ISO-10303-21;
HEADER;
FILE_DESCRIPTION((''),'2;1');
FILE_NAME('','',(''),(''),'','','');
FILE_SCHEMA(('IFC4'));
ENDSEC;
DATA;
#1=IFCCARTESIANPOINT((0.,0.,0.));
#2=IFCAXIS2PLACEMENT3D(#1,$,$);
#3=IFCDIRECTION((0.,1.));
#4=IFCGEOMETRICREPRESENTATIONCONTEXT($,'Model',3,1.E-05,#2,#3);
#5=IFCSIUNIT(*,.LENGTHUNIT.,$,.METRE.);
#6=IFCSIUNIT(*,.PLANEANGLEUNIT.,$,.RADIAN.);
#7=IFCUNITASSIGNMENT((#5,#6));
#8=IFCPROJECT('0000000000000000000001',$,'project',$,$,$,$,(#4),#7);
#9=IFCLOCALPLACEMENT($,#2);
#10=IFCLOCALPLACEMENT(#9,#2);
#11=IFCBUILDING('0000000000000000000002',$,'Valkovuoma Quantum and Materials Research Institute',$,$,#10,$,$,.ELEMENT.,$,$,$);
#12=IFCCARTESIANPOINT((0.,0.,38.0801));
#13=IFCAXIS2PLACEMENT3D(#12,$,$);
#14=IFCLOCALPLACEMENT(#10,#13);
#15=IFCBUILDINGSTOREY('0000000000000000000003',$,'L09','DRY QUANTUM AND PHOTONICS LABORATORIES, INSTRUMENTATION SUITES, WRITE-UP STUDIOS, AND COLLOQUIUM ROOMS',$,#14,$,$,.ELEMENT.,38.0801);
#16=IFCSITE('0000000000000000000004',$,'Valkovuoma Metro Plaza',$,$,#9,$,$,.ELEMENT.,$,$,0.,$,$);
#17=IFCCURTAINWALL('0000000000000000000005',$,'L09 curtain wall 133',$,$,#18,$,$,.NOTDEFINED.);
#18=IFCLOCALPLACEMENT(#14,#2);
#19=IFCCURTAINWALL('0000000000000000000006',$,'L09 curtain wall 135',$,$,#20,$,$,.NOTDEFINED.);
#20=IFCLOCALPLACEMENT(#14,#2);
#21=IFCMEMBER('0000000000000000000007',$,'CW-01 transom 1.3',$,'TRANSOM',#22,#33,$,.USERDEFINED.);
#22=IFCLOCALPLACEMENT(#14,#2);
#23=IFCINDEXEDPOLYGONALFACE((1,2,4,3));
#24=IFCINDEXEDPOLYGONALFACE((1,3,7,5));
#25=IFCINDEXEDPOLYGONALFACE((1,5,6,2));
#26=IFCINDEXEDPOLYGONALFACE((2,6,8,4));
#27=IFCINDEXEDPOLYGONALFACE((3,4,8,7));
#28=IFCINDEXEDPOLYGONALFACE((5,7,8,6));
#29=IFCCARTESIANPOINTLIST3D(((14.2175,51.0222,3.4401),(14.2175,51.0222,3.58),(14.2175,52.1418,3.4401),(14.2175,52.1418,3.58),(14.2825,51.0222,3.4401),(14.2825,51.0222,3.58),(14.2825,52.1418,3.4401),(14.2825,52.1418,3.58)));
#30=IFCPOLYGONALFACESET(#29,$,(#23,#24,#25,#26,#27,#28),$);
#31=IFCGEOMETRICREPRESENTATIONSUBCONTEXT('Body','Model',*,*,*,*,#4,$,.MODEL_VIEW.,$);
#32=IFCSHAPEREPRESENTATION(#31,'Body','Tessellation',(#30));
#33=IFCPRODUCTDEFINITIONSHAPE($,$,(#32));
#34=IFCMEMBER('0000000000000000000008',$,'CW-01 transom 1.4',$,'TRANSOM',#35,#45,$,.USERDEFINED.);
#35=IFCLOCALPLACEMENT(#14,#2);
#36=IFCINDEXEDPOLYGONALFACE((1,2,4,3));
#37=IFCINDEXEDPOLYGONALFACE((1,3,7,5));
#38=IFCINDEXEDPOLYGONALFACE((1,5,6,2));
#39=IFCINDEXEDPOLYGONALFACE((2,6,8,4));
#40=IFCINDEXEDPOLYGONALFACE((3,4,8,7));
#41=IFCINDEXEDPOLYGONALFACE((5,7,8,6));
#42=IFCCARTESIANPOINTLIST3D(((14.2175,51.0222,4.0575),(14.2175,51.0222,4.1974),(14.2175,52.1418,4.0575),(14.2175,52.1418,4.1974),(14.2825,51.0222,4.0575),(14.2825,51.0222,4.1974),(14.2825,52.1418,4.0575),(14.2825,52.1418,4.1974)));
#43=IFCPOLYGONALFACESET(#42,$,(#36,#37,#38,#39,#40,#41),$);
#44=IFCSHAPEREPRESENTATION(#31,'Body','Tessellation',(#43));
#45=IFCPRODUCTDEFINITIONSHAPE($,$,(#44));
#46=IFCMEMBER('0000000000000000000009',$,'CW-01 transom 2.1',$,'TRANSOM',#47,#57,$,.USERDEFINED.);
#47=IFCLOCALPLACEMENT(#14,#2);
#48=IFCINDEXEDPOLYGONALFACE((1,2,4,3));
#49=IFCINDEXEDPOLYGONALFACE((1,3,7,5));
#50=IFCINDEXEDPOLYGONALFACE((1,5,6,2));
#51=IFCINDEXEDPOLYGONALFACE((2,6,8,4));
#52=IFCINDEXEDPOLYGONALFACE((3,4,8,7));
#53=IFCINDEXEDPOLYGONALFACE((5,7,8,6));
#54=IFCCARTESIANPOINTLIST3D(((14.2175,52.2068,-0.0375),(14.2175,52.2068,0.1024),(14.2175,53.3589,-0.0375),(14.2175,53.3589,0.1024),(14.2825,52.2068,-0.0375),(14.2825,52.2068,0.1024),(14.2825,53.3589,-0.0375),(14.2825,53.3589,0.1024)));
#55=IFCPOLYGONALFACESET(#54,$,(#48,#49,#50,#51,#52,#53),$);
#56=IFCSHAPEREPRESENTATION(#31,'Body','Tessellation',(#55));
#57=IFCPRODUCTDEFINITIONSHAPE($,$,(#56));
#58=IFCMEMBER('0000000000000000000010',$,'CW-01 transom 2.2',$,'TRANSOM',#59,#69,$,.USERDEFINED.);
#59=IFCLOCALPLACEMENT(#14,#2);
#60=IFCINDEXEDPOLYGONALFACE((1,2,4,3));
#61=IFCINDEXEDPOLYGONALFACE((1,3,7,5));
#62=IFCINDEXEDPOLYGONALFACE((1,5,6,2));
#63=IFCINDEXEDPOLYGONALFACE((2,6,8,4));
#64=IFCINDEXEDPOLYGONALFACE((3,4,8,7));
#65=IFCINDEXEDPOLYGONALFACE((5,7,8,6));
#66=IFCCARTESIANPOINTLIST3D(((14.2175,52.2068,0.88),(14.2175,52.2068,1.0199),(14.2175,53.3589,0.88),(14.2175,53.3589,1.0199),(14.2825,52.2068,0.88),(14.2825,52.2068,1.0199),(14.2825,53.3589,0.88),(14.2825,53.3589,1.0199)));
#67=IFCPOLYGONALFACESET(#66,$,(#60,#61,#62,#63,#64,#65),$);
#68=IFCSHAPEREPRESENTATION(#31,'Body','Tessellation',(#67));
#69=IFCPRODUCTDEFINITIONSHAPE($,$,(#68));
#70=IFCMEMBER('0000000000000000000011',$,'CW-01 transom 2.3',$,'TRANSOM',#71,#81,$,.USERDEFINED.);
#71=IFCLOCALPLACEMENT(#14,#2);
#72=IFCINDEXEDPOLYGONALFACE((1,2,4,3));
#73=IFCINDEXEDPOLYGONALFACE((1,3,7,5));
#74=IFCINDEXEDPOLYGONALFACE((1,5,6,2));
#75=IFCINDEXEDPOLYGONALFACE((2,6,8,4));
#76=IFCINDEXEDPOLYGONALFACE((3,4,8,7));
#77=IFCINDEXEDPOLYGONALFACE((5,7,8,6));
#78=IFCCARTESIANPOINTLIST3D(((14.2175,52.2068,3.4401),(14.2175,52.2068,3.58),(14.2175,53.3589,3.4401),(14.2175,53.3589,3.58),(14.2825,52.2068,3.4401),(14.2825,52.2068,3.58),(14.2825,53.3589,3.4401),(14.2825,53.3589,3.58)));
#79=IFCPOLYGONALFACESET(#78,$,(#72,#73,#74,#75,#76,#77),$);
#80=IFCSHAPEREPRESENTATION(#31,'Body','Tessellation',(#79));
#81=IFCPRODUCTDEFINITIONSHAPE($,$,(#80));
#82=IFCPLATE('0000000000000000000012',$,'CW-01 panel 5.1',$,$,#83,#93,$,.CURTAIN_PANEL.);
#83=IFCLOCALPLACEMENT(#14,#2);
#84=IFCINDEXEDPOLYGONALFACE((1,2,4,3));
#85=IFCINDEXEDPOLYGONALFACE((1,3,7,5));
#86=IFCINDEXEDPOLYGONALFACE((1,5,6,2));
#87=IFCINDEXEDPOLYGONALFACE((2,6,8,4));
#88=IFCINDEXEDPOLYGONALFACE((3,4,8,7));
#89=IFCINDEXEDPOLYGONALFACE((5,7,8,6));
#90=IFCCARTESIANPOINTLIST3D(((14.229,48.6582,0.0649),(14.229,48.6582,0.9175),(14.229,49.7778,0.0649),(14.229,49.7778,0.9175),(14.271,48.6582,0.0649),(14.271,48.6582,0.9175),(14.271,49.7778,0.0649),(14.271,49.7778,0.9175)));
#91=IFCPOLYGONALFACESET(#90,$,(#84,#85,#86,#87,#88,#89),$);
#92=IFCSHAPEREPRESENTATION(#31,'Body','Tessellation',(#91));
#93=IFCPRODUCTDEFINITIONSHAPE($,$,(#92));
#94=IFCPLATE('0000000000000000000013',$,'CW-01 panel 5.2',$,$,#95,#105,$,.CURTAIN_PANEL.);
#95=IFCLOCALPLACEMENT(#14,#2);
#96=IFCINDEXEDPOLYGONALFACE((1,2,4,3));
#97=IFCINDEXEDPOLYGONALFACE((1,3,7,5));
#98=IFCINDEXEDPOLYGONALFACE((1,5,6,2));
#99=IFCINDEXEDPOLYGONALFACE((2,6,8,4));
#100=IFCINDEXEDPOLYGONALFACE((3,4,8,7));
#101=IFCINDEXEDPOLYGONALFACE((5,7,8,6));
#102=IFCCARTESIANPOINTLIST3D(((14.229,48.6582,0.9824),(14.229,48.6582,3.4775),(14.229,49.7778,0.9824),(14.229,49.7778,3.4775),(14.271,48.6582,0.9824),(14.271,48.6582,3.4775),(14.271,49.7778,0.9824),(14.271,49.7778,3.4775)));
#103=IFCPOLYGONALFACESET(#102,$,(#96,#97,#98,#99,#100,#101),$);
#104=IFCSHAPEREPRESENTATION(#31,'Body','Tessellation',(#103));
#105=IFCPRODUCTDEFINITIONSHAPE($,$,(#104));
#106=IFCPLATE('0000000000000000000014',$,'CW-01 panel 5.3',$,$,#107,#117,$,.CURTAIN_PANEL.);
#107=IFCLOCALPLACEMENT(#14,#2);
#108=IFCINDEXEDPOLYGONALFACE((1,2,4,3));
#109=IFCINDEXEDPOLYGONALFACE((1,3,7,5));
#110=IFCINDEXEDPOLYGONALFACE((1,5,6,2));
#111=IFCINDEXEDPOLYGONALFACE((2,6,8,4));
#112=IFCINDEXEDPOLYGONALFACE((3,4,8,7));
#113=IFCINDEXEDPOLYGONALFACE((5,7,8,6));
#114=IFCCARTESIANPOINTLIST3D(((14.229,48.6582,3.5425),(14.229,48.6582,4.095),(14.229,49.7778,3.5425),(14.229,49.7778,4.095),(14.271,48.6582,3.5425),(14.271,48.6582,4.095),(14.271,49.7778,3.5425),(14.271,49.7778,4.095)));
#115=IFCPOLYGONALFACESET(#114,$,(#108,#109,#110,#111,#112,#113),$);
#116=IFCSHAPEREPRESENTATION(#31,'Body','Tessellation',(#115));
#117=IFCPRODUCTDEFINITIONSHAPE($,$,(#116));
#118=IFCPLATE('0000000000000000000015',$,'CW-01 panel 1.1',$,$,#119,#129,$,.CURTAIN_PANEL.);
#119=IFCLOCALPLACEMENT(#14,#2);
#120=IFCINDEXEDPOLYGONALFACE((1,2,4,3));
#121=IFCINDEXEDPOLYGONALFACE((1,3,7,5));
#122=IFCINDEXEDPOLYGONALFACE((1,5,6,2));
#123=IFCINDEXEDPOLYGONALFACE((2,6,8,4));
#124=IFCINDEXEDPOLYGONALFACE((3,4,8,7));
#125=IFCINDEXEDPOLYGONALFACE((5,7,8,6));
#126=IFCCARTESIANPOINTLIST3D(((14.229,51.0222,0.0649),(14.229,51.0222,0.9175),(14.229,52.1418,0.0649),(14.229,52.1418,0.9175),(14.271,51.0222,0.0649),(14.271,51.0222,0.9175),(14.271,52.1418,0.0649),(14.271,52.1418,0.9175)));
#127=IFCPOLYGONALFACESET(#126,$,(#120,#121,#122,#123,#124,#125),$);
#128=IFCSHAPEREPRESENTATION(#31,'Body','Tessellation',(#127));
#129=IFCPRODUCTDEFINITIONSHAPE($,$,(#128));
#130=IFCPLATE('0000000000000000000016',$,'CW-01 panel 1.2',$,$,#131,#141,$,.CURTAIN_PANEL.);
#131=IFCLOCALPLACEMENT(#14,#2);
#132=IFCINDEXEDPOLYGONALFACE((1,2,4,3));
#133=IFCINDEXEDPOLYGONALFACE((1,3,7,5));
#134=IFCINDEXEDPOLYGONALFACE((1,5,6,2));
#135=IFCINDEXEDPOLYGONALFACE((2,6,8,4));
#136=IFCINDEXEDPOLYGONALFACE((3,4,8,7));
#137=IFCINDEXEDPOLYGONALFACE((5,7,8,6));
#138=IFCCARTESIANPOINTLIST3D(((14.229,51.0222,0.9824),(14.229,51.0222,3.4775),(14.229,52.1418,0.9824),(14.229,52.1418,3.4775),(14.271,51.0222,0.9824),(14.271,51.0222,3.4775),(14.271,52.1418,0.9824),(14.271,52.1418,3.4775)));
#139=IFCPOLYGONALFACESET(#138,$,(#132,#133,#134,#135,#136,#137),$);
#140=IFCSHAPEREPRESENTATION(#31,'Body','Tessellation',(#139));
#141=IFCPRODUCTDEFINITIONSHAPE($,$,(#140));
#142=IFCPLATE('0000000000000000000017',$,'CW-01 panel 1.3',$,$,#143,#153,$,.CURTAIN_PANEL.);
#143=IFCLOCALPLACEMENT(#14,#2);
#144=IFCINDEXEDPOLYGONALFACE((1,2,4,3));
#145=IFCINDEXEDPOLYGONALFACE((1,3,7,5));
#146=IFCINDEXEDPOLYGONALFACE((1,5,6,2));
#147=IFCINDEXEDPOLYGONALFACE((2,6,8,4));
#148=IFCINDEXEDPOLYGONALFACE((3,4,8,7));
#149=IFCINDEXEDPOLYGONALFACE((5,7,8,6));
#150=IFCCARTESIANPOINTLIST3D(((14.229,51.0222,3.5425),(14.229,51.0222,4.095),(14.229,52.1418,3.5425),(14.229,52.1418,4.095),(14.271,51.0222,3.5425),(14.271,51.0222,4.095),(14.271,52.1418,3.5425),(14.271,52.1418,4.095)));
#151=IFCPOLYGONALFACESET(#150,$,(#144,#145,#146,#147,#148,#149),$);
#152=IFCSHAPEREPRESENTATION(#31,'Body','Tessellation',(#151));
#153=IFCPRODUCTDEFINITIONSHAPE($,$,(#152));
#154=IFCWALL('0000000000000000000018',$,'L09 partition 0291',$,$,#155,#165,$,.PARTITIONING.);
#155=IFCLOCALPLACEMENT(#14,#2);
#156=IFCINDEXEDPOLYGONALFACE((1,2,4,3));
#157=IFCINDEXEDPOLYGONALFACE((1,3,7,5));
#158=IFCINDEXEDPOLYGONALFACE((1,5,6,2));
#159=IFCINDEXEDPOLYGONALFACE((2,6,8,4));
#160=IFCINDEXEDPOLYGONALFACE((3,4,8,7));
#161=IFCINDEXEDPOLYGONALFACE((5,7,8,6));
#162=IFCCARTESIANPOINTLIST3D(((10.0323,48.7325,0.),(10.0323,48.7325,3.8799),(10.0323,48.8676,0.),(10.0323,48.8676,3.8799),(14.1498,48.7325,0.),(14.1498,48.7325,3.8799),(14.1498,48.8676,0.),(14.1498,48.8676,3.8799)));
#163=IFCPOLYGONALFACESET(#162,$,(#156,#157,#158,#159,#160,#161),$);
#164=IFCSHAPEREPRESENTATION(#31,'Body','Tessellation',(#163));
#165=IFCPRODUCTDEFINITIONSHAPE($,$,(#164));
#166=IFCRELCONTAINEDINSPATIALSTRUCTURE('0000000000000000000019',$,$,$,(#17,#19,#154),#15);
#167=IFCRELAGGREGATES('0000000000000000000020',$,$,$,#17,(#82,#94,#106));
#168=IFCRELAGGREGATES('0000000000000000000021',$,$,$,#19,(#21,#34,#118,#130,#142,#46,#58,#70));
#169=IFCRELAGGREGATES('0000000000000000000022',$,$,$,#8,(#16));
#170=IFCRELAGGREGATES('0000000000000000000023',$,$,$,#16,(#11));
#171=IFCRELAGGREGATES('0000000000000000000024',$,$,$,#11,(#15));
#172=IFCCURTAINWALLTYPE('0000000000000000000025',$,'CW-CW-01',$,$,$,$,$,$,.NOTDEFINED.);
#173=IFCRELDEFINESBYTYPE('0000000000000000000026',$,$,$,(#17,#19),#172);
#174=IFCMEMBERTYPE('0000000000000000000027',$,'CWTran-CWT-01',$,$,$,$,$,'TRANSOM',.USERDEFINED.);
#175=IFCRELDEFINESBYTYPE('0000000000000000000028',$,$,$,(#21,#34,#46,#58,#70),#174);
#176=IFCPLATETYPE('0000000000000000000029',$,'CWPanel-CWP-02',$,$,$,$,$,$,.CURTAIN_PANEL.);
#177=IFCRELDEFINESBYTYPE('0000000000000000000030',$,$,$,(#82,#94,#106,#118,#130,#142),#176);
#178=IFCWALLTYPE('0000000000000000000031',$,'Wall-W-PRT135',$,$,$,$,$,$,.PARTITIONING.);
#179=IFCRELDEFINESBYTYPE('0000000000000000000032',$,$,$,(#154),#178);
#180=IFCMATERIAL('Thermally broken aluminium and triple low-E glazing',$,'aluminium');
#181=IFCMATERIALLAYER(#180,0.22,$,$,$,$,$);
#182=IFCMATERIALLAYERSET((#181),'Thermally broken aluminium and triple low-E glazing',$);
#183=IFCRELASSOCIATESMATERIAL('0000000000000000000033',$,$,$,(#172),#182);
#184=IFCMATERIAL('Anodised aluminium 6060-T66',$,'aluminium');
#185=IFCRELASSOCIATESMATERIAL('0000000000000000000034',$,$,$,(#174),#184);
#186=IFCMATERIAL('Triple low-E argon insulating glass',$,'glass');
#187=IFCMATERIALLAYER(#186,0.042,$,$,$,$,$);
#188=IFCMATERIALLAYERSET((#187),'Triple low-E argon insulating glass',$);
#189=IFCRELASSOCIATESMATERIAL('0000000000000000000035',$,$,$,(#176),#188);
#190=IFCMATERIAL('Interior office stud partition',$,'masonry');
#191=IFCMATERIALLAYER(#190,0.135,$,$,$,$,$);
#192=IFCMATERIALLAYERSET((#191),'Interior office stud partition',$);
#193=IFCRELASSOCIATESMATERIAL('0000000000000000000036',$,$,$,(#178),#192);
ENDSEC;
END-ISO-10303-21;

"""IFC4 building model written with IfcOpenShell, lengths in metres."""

from ifc_helpers import new_model, si_unit, direction, frame, frame_2d, origin, origin_2d, place, context, subcontext, project, spatial, rectangle, extrude, material, layer, layer_set, material_profile, profile_set, type_object, element, aggregate, save


model = new_model("IFC4")

# Units and contexts
model_context = context("Model", 3, precision=1e-05, world=origin(), true_north=direction((0.0, 1.0)))
body_context = subcontext(model_context, "Body", "Model", "MODEL_VIEW")
ifc_project = project(units=[si_unit("LENGTHUNIT", "METRE"), si_unit("PLANEANGLEUNIT", "RADIAN")], contexts=[model_context])

# Site, building, storey
site_placement = place(None, origin())
site = spatial("IfcSite", under=ifc_project, at=site_placement, Name="Valkovuoma Metro Plaza", CompositionType="ELEMENT", RefElevation=0.0)
building_placement = place(site_placement, origin())
building = spatial("IfcBuilding", under=site, at=building_placement, Name="Valkovuoma Quantum and Materials Research Institute", CompositionType="ELEMENT")
storey_placement = place(building_placement, frame((0.0, 0.0, 38.0801)))
storey = spatial("IfcBuildingStorey", under=building, at=storey_placement, Name="L09", Description="DRY QUANTUM AND PHOTONICS LABORATORIES, INSTRUMENTATION SUITES, WRITE-UP STUDIOS, AND COLLOQUIUM ROOMS", CompositionType="ELEMENT", Elevation=38.0801)

# Curtain wall
ifc_material_1 = material(Name="Thermally broken aluminium and triple low-E glazing", Category="aluminium")
ifc_layer_1 = layer(ifc_material_1, 0.22)
ifc_layer_set_1 = layer_set([ifc_layer_1], Name="Thermally broken aluminium and triple low-E glazing")
curtain_wall_type = type_object("IfcCurtainWallType", Name="CW-CW-01", PredefinedType="NOTDEFINED", material=ifc_layer_set_1)
curtain_wall_1_placement = place(storey_placement, origin())
curtain_wall_1 = element("IfcCurtainWall", 1, at=curtain_wall_1_placement, inside=storey, type_object=curtain_wall_type, Name="L09 curtain wall 133", PredefinedType="NOTDEFINED")

# Curtain wall
curtain_wall_2_placement = place(storey_placement, origin())
curtain_wall_2 = element("IfcCurtainWall", 2, at=curtain_wall_2_placement, inside=storey, type_object=curtain_wall_type, Name="L09 curtain wall 135", PredefinedType="NOTDEFINED")

# Members
ifc_material_2 = material(Name="Anodised aluminium 6060-T66", Category="aluminium")
ifc_material_profile_1 = material_profile(ifc_material_2, rectangle(XDim=0.0649, YDim=0.1399, at=origin_2d()), Name="Anodised aluminium 6060-T66")
ifc_profile_set_1 = profile_set([ifc_material_profile_1], Name="Anodised aluminium 6060-T66")
member_type_1 = type_object("IfcMemberType", Name="CWTran-CWT-01", ElementType="TRANSOM", PredefinedType="USERDEFINED", material=ifc_profile_set_1)
member_1_placement = place(storey_placement, frame((14.25, 51.0222, 3.51), z_axis=(0.0, 1.0, 0.0), x_axis=(-1.0, 0.0, 0.0)))
member_1 = element("IfcMember", 3, at=member_1_placement, type_object=member_type_1, Name="CW-01 transom 1.3", ObjectType="TRANSOM", PredefinedType="USERDEFINED", context=body_context, shape_type="SweptSolid", body=[
    extrude(rectangle(XDim=0.0649, YDim=0.1399, at=origin_2d()), origin(), (0.0, 0.0, 1.0), 1.1196),
])
member_2_placement = place(storey_placement, frame((14.25, 51.0222, 4.1274), z_axis=(0.0, 1.0, 0.0), x_axis=(-1.0, 0.0, 0.0)))
member_2 = element("IfcMember", 4, at=member_2_placement, type_object=member_type_1, Name="CW-01 transom 1.4", ObjectType="TRANSOM", PredefinedType="USERDEFINED", context=body_context, shape_type="SweptSolid", body=[
    extrude(rectangle(XDim=0.0649, YDim=0.1399, at=origin_2d()), origin(), (0.0, 0.0, 1.0), 1.1196),
])
member_3_placement = place(storey_placement, frame((14.25, 52.2068, 0.0325), z_axis=(0.0, 1.0, 0.0), x_axis=(-1.0, 0.0, 0.0)))
member_3 = element("IfcMember", 5, at=member_3_placement, type_object=member_type_1, Name="CW-01 transom 2.1", ObjectType="TRANSOM", PredefinedType="USERDEFINED", context=body_context, shape_type="SweptSolid", body=[
    extrude(rectangle(XDim=0.0649, YDim=0.1399, at=origin_2d()), origin(), (0.0, 0.0, 1.0), 1.1521),
])
member_4_placement = place(storey_placement, frame((14.25, 52.2068, 0.95), z_axis=(0.0, 1.0, 0.0), x_axis=(-1.0, 0.0, 0.0)))
member_4 = element("IfcMember", 6, at=member_4_placement, type_object=member_type_1, Name="CW-01 transom 2.2", ObjectType="TRANSOM", PredefinedType="USERDEFINED", context=body_context, shape_type="SweptSolid", body=[
    extrude(rectangle(XDim=0.0649, YDim=0.1399, at=origin_2d()), origin(), (0.0, 0.0, 1.0), 1.1521),
])
member_5_placement = place(storey_placement, frame((14.25, 52.2068, 3.51), z_axis=(0.0, 1.0, 0.0), x_axis=(-1.0, 0.0, 0.0)))
member_5 = element("IfcMember", 7, at=member_5_placement, type_object=member_type_1, Name="CW-01 transom 2.3", ObjectType="TRANSOM", PredefinedType="USERDEFINED", context=body_context, shape_type="SweptSolid", body=[
    extrude(rectangle(XDim=0.0649, YDim=0.1399, at=origin_2d()), origin(), (0.0, 0.0, 1.0), 1.1521),
])

# Plates
ifc_material_3 = material(Name="Triple low-E argon insulating glass", Category="glass")
ifc_layer_2 = layer(ifc_material_3, 0.042)
ifc_layer_set_2 = layer_set([ifc_layer_2], Name="Triple low-E argon insulating glass")
plate_type = type_object("IfcPlateType", Name="CWPanel-CWP-02", PredefinedType="CURTAIN_PANEL", material=ifc_layer_set_2)
plate_1_placement = place(storey_placement, frame((14.25, 49.218, 0.0649), z_axis=(0.0, 0.0, 1.0), x_axis=(0.0, 1.0, 0.0)))
plate_1 = element("IfcPlate", 8, at=plate_1_placement, type_object=plate_type, Name="CW-01 panel 5.1", PredefinedType="CURTAIN_PANEL", context=body_context, shape_type="SweptSolid", body=[
    extrude(rectangle(XDim=1.1196, YDim=0.042, at=origin_2d()), origin(), (0.0, 0.0, 1.0), 0.8525),
])
plate_2_placement = place(storey_placement, frame((14.25, 49.218, 0.9824), z_axis=(0.0, 0.0, 1.0), x_axis=(0.0, 1.0, 0.0)))
plate_2 = element("IfcPlate", 9, at=plate_2_placement, type_object=plate_type, Name="CW-01 panel 5.2", PredefinedType="CURTAIN_PANEL", context=body_context, shape_type="SweptSolid", body=[
    extrude(rectangle(XDim=1.1196, YDim=0.042, at=origin_2d()), origin(), (0.0, 0.0, 1.0), 2.4951),
])
plate_3_placement = place(storey_placement, frame((14.25, 49.218, 3.5425), z_axis=(0.0, 0.0, 1.0), x_axis=(0.0, 1.0, 0.0)))
plate_3 = element("IfcPlate", 10, at=plate_3_placement, type_object=plate_type, Name="CW-01 panel 5.3", PredefinedType="CURTAIN_PANEL", context=body_context, shape_type="SweptSolid", body=[
    extrude(rectangle(XDim=1.1196, YDim=0.042, at=origin_2d()), origin(), (0.0, 0.0, 1.0), 0.5525),
])
aggregate(curtain_wall_1, [plate_1, plate_2, plate_3])
plate_4_placement = place(storey_placement, frame((14.25, 51.582, 0.0649), z_axis=(0.0, 0.0, 1.0), x_axis=(0.0, 1.0, 0.0)))
plate_4 = element("IfcPlate", 11, at=plate_4_placement, type_object=plate_type, Name="CW-01 panel 1.1", PredefinedType="CURTAIN_PANEL", context=body_context, shape_type="SweptSolid", body=[
    extrude(rectangle(XDim=1.1196, YDim=0.042, at=origin_2d()), origin(), (0.0, 0.0, 1.0), 0.8525),
])
plate_5_placement = place(storey_placement, frame((14.25, 51.582, 0.9824), z_axis=(0.0, 0.0, 1.0), x_axis=(0.0, 1.0, 0.0)))
plate_5 = element("IfcPlate", 12, at=plate_5_placement, type_object=plate_type, Name="CW-01 panel 1.2", PredefinedType="CURTAIN_PANEL", context=body_context, shape_type="SweptSolid", body=[
    extrude(rectangle(XDim=1.1196, YDim=0.042, at=origin_2d()), origin(), (0.0, 0.0, 1.0), 2.4951),
])
plate_6_placement = place(storey_placement, frame((14.25, 51.582, 3.5425), z_axis=(0.0, 0.0, 1.0), x_axis=(0.0, 1.0, 0.0)))
plate_6 = element("IfcPlate", 13, at=plate_6_placement, type_object=plate_type, Name="CW-01 panel 1.3", PredefinedType="CURTAIN_PANEL", context=body_context, shape_type="SweptSolid", body=[
    extrude(rectangle(XDim=1.1196, YDim=0.042, at=origin_2d()), origin(), (0.0, 0.0, 1.0), 0.5525),
])
aggregate(curtain_wall_2, [member_1, member_2, plate_4, plate_5, plate_6, member_3, member_4, member_5])

# Wall
ifc_material_4 = material(Name="Interior office stud partition", Category="masonry")
ifc_layer_3 = layer(ifc_material_4, 0.135)
ifc_layer_set_3 = layer_set([ifc_layer_3], Name="Interior office stud partition")
wall_type_1 = type_object("IfcWallType", Name="Wall-W-PRT135", PredefinedType="PARTITIONING", material=ifc_layer_set_3)
wall_1_placement = place(storey_placement, frame((10.0325, 48.8, 0.0), z_axis=(0.0, 0.0, 1.0), x_axis=(1.0, 0.0, 0.0)))
element("IfcWall", 14, at=wall_1_placement, inside=storey, type_object=wall_type_1, Name="L09 partition 0291", PredefinedType="PARTITIONING", context=body_context, shape_type="SweptSolid", body=[
    extrude(rectangle(XDim=4.1174, YDim=0.135, at=frame_2d((2.0586, 0.0))), origin(), (0.0, 0.0, 1.0), 3.8799),
])

save(model, "model.ifc")
